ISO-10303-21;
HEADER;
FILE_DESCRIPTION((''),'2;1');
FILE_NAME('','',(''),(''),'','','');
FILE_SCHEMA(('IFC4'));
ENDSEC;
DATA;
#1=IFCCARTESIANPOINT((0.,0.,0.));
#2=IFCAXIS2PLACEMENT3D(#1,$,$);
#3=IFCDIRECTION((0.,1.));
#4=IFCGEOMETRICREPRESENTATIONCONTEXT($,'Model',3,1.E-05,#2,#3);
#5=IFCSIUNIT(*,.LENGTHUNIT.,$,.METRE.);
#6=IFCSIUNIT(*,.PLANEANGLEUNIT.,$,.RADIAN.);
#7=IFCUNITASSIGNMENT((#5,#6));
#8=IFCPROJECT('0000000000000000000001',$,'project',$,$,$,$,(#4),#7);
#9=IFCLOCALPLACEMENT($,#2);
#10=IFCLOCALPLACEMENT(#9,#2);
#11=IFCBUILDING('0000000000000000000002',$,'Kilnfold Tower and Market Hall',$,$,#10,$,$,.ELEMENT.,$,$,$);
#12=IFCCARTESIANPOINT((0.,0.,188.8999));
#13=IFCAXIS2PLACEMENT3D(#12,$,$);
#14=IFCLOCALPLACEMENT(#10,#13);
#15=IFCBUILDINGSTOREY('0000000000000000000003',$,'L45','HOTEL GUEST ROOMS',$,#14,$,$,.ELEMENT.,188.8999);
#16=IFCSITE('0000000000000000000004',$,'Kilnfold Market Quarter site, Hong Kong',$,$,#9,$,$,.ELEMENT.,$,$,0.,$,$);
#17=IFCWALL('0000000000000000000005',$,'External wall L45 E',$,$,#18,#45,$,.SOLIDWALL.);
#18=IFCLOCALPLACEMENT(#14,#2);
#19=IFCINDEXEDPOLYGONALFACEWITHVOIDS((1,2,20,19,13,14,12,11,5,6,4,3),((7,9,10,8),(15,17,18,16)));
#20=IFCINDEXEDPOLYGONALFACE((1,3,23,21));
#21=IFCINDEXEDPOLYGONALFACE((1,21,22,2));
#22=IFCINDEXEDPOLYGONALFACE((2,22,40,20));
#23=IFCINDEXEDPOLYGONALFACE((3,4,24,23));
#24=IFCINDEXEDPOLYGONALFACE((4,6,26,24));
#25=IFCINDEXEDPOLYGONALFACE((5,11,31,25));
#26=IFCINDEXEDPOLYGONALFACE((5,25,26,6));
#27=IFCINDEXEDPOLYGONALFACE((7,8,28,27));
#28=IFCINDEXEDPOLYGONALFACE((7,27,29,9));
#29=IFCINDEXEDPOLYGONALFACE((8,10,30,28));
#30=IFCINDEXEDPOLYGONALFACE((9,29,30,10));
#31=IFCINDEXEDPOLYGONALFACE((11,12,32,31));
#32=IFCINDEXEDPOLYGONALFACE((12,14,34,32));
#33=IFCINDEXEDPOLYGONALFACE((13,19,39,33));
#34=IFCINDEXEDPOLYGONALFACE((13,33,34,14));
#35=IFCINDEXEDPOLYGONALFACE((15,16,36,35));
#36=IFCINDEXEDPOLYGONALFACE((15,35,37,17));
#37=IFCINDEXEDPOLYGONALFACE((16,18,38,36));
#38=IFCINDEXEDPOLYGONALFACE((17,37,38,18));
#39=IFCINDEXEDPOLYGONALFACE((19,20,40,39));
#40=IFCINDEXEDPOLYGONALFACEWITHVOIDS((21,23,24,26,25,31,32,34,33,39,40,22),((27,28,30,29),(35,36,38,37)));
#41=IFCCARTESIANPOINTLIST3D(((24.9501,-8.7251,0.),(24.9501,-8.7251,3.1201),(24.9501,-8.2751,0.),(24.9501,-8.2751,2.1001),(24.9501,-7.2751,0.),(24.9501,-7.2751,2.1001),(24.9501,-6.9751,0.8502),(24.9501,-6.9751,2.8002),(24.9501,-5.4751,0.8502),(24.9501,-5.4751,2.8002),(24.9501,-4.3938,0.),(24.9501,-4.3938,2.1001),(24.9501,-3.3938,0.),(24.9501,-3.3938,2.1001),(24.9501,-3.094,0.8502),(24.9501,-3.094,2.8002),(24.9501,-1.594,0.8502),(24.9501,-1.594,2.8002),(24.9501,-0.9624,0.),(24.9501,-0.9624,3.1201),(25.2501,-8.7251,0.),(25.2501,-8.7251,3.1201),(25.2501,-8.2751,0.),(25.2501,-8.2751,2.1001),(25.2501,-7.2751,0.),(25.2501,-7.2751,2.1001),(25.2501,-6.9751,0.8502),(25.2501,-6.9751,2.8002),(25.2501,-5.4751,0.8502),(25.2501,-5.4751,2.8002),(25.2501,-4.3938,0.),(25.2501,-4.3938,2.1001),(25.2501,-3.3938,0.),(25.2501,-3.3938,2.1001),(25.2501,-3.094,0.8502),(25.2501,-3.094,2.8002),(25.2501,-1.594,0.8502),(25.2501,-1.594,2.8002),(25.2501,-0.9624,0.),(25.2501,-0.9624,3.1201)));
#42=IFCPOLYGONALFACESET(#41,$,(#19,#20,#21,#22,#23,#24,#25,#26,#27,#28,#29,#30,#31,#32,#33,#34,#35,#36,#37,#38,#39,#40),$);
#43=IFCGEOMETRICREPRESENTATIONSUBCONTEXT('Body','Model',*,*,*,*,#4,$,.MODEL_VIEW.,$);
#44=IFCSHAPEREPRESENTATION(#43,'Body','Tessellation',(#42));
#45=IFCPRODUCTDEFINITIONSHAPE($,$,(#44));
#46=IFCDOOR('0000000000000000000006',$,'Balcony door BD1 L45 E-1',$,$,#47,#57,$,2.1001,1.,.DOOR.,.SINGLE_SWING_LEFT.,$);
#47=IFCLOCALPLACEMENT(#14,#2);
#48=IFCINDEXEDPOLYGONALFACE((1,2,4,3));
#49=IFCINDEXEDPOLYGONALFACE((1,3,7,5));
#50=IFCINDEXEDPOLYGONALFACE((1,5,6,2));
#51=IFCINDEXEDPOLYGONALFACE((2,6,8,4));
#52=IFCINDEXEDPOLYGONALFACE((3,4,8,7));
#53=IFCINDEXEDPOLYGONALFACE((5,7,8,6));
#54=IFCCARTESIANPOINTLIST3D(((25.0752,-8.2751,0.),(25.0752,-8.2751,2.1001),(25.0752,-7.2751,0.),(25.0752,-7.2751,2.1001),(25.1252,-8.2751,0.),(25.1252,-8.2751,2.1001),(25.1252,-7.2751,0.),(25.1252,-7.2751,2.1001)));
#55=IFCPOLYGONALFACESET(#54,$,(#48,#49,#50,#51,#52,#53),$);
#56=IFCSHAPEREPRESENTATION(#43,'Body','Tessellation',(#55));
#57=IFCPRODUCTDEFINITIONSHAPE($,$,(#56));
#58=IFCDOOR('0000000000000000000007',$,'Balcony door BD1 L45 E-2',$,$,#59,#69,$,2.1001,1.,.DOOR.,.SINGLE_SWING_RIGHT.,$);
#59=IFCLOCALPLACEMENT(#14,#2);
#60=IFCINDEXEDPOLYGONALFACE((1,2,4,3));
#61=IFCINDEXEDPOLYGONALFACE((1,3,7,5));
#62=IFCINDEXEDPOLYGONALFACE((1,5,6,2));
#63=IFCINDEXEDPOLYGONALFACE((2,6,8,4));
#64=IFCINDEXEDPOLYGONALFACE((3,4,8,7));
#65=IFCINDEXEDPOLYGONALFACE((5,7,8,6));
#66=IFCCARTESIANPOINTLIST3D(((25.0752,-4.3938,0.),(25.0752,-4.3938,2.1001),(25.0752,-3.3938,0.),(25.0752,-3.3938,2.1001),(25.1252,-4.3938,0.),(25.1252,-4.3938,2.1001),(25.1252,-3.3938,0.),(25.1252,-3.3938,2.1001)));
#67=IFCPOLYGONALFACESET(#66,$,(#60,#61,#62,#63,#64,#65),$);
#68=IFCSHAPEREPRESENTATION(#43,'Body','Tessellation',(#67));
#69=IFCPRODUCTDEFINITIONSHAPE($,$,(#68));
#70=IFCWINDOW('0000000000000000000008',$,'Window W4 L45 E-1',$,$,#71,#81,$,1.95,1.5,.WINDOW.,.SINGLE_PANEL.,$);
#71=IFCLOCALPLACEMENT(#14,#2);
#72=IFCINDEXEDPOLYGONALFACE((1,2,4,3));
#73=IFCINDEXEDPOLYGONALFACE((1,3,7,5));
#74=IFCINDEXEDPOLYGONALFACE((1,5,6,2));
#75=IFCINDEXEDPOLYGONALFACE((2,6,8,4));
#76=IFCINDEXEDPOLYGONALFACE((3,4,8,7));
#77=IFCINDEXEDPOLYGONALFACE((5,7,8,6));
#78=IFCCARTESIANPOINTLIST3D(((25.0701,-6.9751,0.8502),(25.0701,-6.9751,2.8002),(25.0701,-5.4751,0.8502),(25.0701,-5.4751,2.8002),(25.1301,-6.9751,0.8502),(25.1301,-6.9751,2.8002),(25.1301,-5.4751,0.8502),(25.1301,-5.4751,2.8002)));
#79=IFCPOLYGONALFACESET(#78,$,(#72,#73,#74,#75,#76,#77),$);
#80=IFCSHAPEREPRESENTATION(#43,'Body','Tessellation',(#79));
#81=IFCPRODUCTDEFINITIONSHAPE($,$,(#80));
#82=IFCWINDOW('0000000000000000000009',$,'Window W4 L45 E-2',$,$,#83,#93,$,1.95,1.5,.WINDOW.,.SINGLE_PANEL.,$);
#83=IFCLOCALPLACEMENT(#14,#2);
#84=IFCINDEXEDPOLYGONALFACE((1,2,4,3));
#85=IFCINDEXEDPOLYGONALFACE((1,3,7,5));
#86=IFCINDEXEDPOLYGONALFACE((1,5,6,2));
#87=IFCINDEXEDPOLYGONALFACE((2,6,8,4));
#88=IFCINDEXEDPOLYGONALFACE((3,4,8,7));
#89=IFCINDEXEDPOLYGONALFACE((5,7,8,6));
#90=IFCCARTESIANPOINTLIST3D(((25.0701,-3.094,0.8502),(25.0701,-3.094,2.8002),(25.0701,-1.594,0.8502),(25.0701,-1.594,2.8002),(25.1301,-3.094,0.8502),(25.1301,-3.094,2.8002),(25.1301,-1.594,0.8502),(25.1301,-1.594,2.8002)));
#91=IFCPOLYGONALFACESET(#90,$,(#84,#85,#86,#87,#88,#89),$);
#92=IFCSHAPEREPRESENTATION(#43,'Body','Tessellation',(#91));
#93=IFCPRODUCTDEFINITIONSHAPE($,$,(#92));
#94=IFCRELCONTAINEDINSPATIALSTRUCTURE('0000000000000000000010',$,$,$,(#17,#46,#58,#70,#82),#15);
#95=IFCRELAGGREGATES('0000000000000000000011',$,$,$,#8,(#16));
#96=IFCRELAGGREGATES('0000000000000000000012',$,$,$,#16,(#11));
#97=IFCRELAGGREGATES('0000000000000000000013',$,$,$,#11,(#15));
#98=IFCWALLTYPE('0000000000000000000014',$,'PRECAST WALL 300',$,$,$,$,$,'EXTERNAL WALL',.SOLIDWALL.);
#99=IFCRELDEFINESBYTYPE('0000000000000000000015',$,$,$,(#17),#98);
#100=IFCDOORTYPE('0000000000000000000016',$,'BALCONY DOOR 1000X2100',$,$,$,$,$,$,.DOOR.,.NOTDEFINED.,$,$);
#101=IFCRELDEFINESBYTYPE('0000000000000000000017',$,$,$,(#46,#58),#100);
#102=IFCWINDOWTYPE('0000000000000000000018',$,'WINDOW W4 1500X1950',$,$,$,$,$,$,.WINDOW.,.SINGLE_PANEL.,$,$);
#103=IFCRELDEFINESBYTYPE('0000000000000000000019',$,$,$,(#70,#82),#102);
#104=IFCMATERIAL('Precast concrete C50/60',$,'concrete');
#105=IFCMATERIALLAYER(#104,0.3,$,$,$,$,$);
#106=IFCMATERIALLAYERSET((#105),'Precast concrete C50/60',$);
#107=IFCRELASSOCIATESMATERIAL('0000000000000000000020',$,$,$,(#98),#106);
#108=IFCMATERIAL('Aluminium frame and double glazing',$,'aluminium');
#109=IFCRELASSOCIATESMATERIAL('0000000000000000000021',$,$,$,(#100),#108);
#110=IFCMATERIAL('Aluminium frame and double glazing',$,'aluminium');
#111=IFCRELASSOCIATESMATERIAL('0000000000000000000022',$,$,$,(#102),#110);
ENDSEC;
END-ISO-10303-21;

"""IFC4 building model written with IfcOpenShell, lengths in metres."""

from ifc_helpers import new_model, si_unit, direction, frame, frame_2d, origin, place, context, subcontext, project, spatial, rectangle, extrude, source, transform, mapped, material, layer, layer_set, type_object, element, fill, save


model = new_model("IFC4")

# Units and contexts
model_context = context("Model", 3, precision=1e-05, world=origin(), true_north=direction((0.0, 1.0)))
body_context = subcontext(model_context, "Body", "Model", "MODEL_VIEW")
ifc_project = project(units=[si_unit("LENGTHUNIT", "METRE"), si_unit("PLANEANGLEUNIT", "RADIAN")], contexts=[model_context])

# Site, building, storey
site_placement = place(None, origin())
site = spatial("IfcSite", under=ifc_project, at=site_placement, Name="Kilnfold Market Quarter site, Hong Kong", CompositionType="ELEMENT", RefElevation=0.0)
building_placement = place(site_placement, origin())
building = spatial("IfcBuilding", under=site, at=building_placement, Name="Kilnfold Tower and Market Hall", CompositionType="ELEMENT")
storey_placement = place(building_placement, frame((0.0, 0.0, 188.8999)))
storey = spatial("IfcBuildingStorey", under=building, at=storey_placement, Name="L45", Description="HOTEL GUEST ROOMS", CompositionType="ELEMENT", Elevation=188.8999)

# Wall, openings, doors, windows
ifc_material_1 = material(Name="Precast concrete C50/60", Category="concrete")
ifc_layer_1 = layer(ifc_material_1, 0.3)
ifc_layer_set_1 = layer_set([ifc_layer_1], Name="Precast concrete C50/60")
wall_type_1 = type_object("IfcWallType", Name="PRECAST WALL 300", ElementType="EXTERNAL WALL", PredefinedType="SOLIDWALL", material=ifc_layer_set_1)
shared_shape_1 = source(origin(), body_context, "Body", "SweptSolid", [
    extrude(rectangle(XDim=7.7627, YDim=0.3, at=frame_2d((3.8813, 0.0))), origin(), (0.0, 0.0, 1.0), 3.1201),
])
wall_1_placement = place(storey_placement, frame((25.1001, -8.7251, 0.0), z_axis=(0.0, 0.0, 1.0), x_axis=(0.0, 1.0, 0.0)))
wall_1 = element("IfcWall", 1, at=wall_1_placement, inside=storey, type_object=wall_type_1, Name="External wall L45 E", PredefinedType="SOLIDWALL", context=body_context, shape_type="MappedRepresentation", body=[
    mapped(shared_shape_1, transform((0.0, 0.0, 0.0))),
])
opening_1_placement = place(wall_1_placement, frame((1.75, 0.0, 0.8501)))
opening_1 = element("IfcOpeningElement", 2, at=opening_1_placement, cuts=wall_1, PredefinedType="OPENING", context=body_context, shape_type="SweptSolid", body=[
    extrude(rectangle(XDim=1.5, YDim=1.95, at=frame_2d((0.75, 0.9751))), frame((0.0, 0.1602, 0.0), z_axis=(0.0, -1.0, 0.0), x_axis=(1.0, 0.0, 0.0)), (0.0, 0.0, 1.0), 0.3201),
])
opening_2_placement = place(wall_1_placement, frame((0.45, 0.0, 0.0)))
opening_2 = element("IfcOpeningElement", 3, at=opening_2_placement, cuts=wall_1, PredefinedType="OPENING", context=body_context, shape_type="SweptSolid", body=[
    extrude(rectangle(XDim=1.0, YDim=2.1001, at=frame_2d((0.5, 1.05))), frame((0.0, 0.1602, 0.0), z_axis=(0.0, -1.0, 0.0), x_axis=(1.0, 0.0, 0.0)), (0.0, 0.0, 1.0), 0.3201),
])
opening_3_placement = place(wall_1_placement, frame((5.6311, 0.0, 0.8501)))
opening_3 = element("IfcOpeningElement", 4, at=opening_3_placement, cuts=wall_1, PredefinedType="OPENING", context=body_context, shape_type="SweptSolid", body=[
    extrude(rectangle(XDim=1.5, YDim=1.95, at=frame_2d((0.75, 0.9751))), frame((0.0, 0.1602, 0.0), z_axis=(0.0, -1.0, 0.0), x_axis=(1.0, 0.0, 0.0)), (0.0, 0.0, 1.0), 0.3201),
])
opening_4_placement = place(wall_1_placement, frame((4.3313, 0.0, 0.0)))
opening_4 = element("IfcOpeningElement", 5, at=opening_4_placement, cuts=wall_1, PredefinedType="OPENING", context=body_context, shape_type="SweptSolid", body=[
    extrude(rectangle(XDim=1.0, YDim=2.1001, at=frame_2d((0.5, 1.05))), frame((0.0, 0.1602, 0.0), z_axis=(0.0, -1.0, 0.0), x_axis=(1.0, 0.0, 0.0)), (0.0, 0.0, 1.0), 0.3201),
])
ifc_material_2 = material(Name="Aluminium frame and double glazing", Category="aluminium")
door_type_1 = type_object("IfcDoorType", Name="BALCONY DOOR 1000X2100", OperationType="NOTDEFINED", PredefinedType="DOOR", material=ifc_material_2)
door_1_placement = place(opening_2_placement, origin())
door_1 = element("IfcDoor", 6, at=door_1_placement, inside=storey, type_object=door_type_1, Name="Balcony door BD1 L45 E-1", OperationType="SINGLE_SWING_LEFT", OverallHeight=2.1001, OverallWidth=1.0, PredefinedType="DOOR", context=body_context, shape_type="SweptSolid", body=[
    extrude(rectangle(XDim=1.0, YDim=2.1001, at=frame_2d((0.5, 1.05))), frame((0.0, 0.0249, 0.0), z_axis=(0.0, -1.0, 0.0), x_axis=(1.0, 0.0, 0.0)), (0.0, 0.0, 1.0), 0.05),
])
fill(opening_2, door_1)
door_2_placement = place(opening_4_placement, origin())
door_2 = element("IfcDoor", 7, at=door_2_placement, inside=storey, type_object=door_type_1, Name="Balcony door BD1 L45 E-2", OperationType="SINGLE_SWING_RIGHT", OverallHeight=2.1001, OverallWidth=1.0, PredefinedType="DOOR", context=body_context, shape_type="SweptSolid", body=[
    extrude(rectangle(XDim=1.0, YDim=2.1001, at=frame_2d((0.5, 1.05))), frame((0.0, 0.0249, 0.0), z_axis=(0.0, -1.0, 0.0), x_axis=(1.0, 0.0, 0.0)), (0.0, 0.0, 1.0), 0.05),
])
fill(opening_4, door_2)
ifc_material_3 = material(Name="Aluminium frame and double glazing", Category="aluminium")
window_type = type_object("IfcWindowType", Name="WINDOW W4 1500X1950", PartitioningType="SINGLE_PANEL", PredefinedType="WINDOW", material=ifc_material_3)
window_1_placement = place(opening_1_placement, origin())
window_1 = element("IfcWindow", 8, at=window_1_placement, inside=storey, type_object=window_type, Name="Window W4 L45 E-1", OverallHeight=1.95, OverallWidth=1.5, PartitioningType="SINGLE_PANEL", PredefinedType="WINDOW", context=body_context, shape_type="SweptSolid", body=[
    extrude(rectangle(XDim=1.5, YDim=1.95, at=frame_2d((0.75, 0.9751))), frame((0.0, 0.03, 0.0), z_axis=(0.0, -1.0, 0.0), x_axis=(1.0, 0.0, 0.0)), (0.0, 0.0, 1.0), 0.0601),
])
fill(opening_1, window_1)
window_2_placement = place(opening_3_placement, origin())
window_2 = element("IfcWindow", 9, at=window_2_placement, inside=storey, type_object=window_type, Name="Window W4 L45 E-2", OverallHeight=1.95, OverallWidth=1.5, PartitioningType="SINGLE_PANEL", PredefinedType="WINDOW", context=body_context, shape_type="SweptSolid", body=[
    extrude(rectangle(XDim=1.5, YDim=1.95, at=frame_2d((0.75, 0.9751))), frame((0.0, 0.03, 0.0), z_axis=(0.0, -1.0, 0.0), x_axis=(1.0, 0.0, 0.0)), (0.0, 0.0, 1.0), 0.0601),
])
fill(opening_3, window_2)

save(model, "model.ifc")
